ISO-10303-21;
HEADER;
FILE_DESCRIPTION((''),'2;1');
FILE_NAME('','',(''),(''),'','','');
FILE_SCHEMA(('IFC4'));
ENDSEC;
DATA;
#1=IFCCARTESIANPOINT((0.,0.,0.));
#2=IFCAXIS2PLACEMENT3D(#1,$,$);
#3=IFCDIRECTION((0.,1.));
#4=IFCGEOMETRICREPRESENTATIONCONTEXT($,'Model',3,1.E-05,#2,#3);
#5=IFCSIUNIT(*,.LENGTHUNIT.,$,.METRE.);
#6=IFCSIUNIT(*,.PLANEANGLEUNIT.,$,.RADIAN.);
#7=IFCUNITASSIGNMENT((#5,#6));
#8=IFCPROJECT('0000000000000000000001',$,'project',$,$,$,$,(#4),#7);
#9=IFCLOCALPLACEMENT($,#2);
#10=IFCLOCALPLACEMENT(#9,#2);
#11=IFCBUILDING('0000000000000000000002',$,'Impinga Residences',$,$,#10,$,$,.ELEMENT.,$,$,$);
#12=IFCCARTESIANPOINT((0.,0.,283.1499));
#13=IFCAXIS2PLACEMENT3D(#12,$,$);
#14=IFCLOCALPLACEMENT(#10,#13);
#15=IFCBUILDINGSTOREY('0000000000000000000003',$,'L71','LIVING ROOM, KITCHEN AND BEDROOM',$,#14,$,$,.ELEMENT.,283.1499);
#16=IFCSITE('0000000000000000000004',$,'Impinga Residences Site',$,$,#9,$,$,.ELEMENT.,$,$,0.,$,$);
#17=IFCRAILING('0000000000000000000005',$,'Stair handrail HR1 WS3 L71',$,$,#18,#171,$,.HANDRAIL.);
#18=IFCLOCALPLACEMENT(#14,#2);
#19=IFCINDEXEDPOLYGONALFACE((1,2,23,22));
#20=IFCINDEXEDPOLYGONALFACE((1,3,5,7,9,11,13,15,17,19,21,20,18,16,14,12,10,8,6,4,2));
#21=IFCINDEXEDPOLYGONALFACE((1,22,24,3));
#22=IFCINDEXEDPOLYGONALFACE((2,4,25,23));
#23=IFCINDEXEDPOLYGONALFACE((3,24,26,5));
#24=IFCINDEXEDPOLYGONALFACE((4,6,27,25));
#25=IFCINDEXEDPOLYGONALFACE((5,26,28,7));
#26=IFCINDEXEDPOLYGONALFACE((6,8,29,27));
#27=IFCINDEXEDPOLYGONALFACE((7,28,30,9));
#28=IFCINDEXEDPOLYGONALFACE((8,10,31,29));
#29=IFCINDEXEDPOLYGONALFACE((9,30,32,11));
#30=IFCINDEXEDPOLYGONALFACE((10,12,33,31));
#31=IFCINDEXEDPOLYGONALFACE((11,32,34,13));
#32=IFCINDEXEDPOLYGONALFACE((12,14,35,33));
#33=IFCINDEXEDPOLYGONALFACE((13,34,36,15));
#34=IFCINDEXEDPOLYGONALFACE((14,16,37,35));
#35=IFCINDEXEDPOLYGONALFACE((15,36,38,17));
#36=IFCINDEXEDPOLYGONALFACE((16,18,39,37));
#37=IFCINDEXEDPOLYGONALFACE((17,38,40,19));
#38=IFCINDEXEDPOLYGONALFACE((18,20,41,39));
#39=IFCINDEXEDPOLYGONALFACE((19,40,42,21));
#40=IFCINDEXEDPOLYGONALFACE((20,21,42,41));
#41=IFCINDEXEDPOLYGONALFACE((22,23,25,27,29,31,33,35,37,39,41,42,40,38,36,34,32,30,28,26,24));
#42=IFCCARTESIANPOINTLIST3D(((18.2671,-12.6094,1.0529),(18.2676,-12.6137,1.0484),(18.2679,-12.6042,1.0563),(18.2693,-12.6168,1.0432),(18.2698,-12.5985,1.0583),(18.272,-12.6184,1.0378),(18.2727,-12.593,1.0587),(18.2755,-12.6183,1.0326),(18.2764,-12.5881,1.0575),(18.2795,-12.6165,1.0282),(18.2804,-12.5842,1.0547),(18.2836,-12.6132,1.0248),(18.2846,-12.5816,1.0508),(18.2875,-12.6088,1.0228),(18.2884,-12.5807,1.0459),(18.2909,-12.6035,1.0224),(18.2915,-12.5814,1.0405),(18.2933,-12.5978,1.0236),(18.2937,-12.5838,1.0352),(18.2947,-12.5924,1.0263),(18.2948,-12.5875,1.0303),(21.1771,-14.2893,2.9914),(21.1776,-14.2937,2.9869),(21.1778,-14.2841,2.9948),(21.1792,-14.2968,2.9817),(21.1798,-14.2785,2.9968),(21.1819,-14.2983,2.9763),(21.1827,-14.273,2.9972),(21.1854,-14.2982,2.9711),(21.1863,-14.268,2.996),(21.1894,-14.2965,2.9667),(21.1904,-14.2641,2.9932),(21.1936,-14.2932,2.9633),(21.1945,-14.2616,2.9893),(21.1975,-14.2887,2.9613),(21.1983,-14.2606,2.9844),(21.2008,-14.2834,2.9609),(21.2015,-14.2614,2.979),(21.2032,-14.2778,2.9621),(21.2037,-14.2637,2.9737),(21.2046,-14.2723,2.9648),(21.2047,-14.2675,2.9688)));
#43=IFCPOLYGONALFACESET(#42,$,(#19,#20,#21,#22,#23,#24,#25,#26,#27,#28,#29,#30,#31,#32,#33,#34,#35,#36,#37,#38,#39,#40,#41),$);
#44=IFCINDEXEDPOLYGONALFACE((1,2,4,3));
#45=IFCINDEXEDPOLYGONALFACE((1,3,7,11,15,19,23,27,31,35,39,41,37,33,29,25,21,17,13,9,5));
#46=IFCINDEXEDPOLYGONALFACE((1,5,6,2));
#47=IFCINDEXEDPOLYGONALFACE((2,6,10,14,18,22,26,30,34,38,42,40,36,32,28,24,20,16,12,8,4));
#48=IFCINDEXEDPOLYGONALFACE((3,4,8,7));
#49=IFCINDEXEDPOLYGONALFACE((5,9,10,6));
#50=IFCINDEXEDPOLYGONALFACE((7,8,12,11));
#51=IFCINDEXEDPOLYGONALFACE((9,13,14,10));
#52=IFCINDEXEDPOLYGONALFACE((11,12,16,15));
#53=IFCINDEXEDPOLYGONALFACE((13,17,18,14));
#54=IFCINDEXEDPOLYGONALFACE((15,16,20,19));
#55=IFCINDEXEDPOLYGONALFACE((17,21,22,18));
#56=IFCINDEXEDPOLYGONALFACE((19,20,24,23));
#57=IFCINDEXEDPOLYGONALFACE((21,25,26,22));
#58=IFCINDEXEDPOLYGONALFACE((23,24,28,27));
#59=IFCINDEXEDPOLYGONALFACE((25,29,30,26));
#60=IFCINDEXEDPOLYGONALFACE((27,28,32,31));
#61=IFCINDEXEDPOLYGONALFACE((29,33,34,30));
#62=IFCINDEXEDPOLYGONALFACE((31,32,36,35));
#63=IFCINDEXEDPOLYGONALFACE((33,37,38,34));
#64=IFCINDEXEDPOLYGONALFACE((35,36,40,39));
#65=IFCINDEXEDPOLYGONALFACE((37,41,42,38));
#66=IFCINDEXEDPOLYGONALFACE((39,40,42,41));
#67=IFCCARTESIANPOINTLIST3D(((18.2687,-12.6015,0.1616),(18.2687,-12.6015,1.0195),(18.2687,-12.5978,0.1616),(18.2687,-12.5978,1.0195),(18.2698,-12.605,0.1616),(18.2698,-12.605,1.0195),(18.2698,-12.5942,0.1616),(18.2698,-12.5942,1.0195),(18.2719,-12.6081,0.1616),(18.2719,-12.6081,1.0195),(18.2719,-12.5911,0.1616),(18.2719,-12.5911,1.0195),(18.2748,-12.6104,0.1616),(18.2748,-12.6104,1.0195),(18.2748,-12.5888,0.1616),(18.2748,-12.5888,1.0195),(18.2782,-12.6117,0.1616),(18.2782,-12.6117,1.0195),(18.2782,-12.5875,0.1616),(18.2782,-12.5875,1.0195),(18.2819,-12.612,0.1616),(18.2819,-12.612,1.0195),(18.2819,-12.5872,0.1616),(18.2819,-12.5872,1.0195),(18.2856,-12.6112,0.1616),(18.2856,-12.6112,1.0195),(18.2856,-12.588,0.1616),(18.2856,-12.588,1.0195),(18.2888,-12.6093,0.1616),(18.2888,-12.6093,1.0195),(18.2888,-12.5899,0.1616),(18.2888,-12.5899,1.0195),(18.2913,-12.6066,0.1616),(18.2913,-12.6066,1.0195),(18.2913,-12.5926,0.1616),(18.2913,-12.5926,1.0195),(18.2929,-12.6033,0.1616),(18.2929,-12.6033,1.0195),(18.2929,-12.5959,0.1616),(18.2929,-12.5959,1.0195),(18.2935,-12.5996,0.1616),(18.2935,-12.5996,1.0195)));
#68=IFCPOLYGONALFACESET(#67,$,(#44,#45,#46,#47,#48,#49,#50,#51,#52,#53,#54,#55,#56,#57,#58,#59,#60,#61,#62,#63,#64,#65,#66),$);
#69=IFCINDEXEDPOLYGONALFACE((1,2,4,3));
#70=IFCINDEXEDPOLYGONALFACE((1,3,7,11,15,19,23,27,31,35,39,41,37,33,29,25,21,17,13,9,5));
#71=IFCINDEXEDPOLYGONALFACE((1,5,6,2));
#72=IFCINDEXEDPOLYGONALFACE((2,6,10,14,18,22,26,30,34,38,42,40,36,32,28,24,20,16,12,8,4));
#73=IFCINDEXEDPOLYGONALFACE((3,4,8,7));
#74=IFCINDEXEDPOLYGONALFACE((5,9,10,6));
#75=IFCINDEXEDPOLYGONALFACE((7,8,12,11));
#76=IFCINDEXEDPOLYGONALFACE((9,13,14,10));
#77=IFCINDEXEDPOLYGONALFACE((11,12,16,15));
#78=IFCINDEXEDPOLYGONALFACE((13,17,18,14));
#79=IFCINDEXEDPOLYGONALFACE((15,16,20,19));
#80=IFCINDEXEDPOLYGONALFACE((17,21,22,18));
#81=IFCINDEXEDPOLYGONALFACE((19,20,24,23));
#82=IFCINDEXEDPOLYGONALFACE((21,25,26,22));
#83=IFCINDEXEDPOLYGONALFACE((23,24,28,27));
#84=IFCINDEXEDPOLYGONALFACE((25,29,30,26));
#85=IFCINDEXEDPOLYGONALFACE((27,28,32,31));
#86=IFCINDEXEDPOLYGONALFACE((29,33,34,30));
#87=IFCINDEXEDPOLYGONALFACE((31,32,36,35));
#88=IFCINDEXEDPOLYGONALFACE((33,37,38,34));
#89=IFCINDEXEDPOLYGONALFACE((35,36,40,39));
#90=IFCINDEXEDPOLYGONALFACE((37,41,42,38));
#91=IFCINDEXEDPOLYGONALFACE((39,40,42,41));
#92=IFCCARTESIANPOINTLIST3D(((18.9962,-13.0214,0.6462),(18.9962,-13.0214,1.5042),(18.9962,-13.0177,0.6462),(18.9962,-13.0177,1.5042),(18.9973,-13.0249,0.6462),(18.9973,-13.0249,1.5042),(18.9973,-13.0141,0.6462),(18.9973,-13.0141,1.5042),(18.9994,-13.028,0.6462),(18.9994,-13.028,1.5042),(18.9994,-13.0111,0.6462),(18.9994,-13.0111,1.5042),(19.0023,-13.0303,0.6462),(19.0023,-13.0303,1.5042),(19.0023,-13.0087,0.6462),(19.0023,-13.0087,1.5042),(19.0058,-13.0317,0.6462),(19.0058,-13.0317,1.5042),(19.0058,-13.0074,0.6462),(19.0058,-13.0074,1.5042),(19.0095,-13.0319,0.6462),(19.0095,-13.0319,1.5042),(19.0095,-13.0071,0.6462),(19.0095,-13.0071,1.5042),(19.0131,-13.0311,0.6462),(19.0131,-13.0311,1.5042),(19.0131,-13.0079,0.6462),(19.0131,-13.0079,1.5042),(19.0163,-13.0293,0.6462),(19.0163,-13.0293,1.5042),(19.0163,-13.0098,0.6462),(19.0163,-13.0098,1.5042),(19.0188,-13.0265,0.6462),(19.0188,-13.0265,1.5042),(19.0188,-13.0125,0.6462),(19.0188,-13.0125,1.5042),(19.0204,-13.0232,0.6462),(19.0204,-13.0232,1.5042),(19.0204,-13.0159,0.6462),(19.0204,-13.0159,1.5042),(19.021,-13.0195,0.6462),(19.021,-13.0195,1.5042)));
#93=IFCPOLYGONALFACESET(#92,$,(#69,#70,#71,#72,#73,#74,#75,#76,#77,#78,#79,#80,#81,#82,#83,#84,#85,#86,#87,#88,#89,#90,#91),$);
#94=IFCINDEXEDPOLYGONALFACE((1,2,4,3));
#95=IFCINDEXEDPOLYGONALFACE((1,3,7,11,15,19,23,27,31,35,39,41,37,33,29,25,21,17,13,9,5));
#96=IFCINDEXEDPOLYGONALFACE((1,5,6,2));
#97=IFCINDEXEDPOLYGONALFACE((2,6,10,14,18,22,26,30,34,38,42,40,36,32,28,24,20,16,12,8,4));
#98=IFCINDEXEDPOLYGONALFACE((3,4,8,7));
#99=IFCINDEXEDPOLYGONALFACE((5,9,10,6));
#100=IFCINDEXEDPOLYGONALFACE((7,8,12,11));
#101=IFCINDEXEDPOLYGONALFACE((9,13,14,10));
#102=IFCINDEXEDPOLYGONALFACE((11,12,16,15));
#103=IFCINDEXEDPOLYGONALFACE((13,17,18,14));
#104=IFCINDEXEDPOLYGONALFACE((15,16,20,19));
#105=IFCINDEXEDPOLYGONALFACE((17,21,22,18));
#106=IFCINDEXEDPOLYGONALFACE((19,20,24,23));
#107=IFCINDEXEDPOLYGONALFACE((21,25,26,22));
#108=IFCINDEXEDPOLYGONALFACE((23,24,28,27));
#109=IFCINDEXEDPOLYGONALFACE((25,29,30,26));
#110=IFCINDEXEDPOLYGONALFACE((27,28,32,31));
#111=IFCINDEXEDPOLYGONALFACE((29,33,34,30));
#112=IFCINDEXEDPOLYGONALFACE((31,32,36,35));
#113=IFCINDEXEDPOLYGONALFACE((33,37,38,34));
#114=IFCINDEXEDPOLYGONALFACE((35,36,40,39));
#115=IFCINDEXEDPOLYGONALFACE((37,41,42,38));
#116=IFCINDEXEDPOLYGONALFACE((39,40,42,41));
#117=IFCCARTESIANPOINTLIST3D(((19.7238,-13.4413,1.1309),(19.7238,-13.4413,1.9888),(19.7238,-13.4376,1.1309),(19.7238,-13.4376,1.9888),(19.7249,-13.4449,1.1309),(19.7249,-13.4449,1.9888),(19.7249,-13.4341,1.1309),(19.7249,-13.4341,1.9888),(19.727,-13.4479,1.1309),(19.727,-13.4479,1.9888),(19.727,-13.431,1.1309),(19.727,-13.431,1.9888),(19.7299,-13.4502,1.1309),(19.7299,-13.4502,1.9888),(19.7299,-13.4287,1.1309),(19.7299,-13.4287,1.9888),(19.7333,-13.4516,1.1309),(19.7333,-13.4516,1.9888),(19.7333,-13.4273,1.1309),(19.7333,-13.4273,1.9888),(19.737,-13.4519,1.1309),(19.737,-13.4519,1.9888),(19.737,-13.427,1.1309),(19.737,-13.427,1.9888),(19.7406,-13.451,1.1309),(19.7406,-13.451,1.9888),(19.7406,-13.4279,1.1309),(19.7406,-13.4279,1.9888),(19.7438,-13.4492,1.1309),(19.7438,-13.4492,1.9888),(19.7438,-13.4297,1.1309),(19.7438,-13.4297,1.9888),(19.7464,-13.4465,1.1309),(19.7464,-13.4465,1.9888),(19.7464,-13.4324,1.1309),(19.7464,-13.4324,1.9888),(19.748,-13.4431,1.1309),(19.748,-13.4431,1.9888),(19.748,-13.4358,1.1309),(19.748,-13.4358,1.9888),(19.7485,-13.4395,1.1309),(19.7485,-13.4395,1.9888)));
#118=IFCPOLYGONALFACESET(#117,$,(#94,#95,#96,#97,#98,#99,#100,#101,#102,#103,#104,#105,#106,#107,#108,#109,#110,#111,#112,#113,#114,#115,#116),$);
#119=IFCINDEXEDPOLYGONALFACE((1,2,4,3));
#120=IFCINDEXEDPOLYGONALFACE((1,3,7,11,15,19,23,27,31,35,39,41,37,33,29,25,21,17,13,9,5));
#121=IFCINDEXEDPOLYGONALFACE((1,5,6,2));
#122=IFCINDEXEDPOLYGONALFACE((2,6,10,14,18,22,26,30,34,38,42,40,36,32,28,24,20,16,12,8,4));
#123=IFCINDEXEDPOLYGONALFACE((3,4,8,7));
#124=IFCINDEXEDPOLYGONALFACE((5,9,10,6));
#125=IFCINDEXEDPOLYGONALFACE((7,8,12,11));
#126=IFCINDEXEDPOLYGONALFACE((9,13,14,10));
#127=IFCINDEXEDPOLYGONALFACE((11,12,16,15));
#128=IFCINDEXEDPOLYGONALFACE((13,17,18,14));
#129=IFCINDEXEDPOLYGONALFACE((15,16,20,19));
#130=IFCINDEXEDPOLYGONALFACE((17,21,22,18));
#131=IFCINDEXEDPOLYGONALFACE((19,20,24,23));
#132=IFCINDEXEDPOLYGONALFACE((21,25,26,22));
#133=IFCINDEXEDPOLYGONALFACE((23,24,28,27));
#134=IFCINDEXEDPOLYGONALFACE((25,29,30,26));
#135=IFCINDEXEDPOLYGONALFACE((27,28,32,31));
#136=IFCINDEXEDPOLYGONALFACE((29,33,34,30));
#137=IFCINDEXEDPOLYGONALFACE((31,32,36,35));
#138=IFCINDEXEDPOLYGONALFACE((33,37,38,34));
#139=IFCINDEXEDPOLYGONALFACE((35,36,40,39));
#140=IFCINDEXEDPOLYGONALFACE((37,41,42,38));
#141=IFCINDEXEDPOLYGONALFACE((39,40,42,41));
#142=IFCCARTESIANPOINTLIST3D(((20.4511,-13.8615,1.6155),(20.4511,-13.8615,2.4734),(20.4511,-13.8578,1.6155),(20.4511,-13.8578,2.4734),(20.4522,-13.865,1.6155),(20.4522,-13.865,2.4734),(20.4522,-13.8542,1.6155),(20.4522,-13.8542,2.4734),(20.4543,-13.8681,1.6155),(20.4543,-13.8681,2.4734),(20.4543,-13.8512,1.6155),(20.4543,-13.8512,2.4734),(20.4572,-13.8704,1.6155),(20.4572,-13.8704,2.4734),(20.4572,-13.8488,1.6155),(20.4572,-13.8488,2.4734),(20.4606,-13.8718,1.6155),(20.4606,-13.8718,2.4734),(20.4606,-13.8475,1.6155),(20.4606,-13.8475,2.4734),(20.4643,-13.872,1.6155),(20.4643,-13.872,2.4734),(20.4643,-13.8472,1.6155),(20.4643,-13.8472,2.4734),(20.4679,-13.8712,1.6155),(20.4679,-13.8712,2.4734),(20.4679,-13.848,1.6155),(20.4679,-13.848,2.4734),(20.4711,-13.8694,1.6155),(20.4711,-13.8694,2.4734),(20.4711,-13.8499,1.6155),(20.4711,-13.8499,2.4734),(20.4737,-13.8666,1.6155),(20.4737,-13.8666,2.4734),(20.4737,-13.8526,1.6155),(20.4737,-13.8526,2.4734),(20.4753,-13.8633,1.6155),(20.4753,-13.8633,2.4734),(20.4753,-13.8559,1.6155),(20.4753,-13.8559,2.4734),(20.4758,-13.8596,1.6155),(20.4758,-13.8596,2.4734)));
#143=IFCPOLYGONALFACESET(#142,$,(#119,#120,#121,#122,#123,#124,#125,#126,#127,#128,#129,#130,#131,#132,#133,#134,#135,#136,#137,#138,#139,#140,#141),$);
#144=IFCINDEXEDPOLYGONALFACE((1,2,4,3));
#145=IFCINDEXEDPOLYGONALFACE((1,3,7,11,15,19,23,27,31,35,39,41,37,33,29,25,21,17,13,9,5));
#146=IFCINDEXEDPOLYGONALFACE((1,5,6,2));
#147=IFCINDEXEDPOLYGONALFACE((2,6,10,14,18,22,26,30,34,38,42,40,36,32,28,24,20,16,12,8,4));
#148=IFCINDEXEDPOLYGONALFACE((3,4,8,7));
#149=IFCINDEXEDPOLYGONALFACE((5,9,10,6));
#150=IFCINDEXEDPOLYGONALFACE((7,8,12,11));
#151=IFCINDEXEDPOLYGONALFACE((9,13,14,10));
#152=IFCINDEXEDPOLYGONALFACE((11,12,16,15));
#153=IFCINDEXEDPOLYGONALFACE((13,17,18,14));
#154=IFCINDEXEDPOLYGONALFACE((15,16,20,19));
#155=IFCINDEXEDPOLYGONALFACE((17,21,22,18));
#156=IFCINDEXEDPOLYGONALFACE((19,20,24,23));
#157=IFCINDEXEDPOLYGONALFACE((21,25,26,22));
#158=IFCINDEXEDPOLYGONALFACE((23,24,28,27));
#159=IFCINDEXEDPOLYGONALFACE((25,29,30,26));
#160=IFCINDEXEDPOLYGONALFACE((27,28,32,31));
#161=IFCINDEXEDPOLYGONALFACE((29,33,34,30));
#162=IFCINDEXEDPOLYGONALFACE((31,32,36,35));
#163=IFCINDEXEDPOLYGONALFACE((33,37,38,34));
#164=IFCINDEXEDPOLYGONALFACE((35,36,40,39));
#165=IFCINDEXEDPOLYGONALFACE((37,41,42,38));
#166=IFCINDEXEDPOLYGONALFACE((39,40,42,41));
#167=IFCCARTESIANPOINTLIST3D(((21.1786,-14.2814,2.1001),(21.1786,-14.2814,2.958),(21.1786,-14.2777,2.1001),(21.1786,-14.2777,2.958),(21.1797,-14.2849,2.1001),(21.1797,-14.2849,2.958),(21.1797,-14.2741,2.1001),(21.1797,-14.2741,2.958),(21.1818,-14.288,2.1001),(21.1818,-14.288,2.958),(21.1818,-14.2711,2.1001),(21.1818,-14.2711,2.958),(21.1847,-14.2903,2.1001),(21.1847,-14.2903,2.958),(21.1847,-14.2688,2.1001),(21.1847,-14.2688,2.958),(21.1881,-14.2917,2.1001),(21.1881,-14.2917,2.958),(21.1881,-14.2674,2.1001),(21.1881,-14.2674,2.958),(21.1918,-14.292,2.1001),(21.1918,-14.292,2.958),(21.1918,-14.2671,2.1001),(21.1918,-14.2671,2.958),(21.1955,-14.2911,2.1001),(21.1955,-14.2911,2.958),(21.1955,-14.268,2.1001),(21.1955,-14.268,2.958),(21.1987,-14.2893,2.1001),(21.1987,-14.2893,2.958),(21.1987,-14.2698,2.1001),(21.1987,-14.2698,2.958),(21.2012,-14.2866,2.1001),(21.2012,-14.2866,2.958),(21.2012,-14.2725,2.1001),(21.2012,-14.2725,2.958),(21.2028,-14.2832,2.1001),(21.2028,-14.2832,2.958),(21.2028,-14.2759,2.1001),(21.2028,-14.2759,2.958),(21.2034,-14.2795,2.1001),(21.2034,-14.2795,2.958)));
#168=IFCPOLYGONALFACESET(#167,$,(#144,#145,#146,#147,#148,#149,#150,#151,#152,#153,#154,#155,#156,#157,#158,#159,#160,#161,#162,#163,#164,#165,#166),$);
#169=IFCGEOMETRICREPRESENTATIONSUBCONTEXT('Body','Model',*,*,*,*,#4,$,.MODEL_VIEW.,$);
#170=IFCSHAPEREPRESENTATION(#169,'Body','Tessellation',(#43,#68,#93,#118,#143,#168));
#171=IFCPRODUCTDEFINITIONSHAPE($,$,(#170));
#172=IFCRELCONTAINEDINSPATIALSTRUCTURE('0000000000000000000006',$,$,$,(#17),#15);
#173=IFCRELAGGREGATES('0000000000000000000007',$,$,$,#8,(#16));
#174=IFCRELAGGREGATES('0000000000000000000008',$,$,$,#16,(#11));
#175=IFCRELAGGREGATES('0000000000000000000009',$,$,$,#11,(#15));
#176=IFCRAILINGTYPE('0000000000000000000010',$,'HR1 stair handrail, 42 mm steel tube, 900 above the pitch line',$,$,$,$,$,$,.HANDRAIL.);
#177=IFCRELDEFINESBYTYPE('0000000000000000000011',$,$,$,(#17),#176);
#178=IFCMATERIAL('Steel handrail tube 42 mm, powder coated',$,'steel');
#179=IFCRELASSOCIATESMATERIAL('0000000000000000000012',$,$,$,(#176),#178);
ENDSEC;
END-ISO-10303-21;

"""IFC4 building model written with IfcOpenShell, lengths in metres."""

from ifc_helpers import new_model, si_unit, direction, frame, origin, origin_2d, place, context, subcontext, project, spatial, circle, extrude, material, type_object, element, save


model = new_model("IFC4")

# Units and contexts
model_context = context("Model", 3, precision=1e-05, world=origin(), true_north=direction((0.0, 1.0)))
body_context = subcontext(model_context, "Body", "Model", "MODEL_VIEW")
ifc_project = project(units=[si_unit("LENGTHUNIT", "METRE"), si_unit("PLANEANGLEUNIT", "RADIAN")], contexts=[model_context])

# Site, building, storey
site_placement = place(None, origin())
site = spatial("IfcSite", under=ifc_project, at=site_placement, Name="Impinga Residences Site", CompositionType="ELEMENT", RefElevation=0.0)
building_placement = place(site_placement, origin())
building = spatial("IfcBuilding", under=site, at=building_placement, Name="Impinga Residences", CompositionType="ELEMENT")
storey_placement = place(building_placement, frame((0.0, 0.0, 283.1499)))
storey = spatial("IfcBuildingStorey", under=building, at=storey_placement, Name="L71", Description="LIVING ROOM, KITCHEN AND BEDROOM", CompositionType="ELEMENT", Elevation=283.1499)

# Railing
ifc_material_1 = material(Name="Steel handrail tube 42 mm, powder coated", Category="steel")
railing_type = type_object("IfcRailingType", Name="HR1 stair handrail, 42 mm steel tube, 900 above the pitch line", PredefinedType="HANDRAIL", material=ifc_material_1)
railing_1_placement = place(storey_placement, frame((18.281, -12.5996, 0.1616)))
element("IfcRailing", 1, at=railing_1_placement, inside=storey, type_object=railing_type, Name="Stair handrail HR1 WS3 L71", PredefinedType="HANDRAIL", context=body_context, shape_type="SweptSolid", body=[
    extrude(circle(Radius=0.021, at=origin_2d()), frame((0.0, 0.0, 0.8789), z_axis=(0.750151, -0.433072, 0.499723), x_axis=(0.499976, 0.866039, 0.0)), (0.0, 0.0, 1.0), 3.8792),
    extrude(circle(Radius=0.0125, at=origin_2d()), origin(), (0.0, 0.0, 1.0), 0.8579),
    extrude(circle(Radius=0.0125, at=origin_2d()), frame((0.7275, -0.4199, 0.4846)), (0.0, 0.0, 1.0), 0.8579),
    extrude(circle(Radius=0.0125, at=origin_2d()), frame((1.4551, -0.8398, 0.9692)), (0.0, 0.0, 1.0), 0.8579),
    extrude(circle(Radius=0.0125, at=origin_2d()), frame((2.1824, -1.26, 1.4539)), (0.0, 0.0, 1.0), 0.8579),
    extrude(circle(Radius=0.0125, at=origin_2d()), frame((2.9099, -1.6799, 1.9385)), (0.0, 0.0, 1.0), 0.8579),
])

save(model, "model.ifc")
